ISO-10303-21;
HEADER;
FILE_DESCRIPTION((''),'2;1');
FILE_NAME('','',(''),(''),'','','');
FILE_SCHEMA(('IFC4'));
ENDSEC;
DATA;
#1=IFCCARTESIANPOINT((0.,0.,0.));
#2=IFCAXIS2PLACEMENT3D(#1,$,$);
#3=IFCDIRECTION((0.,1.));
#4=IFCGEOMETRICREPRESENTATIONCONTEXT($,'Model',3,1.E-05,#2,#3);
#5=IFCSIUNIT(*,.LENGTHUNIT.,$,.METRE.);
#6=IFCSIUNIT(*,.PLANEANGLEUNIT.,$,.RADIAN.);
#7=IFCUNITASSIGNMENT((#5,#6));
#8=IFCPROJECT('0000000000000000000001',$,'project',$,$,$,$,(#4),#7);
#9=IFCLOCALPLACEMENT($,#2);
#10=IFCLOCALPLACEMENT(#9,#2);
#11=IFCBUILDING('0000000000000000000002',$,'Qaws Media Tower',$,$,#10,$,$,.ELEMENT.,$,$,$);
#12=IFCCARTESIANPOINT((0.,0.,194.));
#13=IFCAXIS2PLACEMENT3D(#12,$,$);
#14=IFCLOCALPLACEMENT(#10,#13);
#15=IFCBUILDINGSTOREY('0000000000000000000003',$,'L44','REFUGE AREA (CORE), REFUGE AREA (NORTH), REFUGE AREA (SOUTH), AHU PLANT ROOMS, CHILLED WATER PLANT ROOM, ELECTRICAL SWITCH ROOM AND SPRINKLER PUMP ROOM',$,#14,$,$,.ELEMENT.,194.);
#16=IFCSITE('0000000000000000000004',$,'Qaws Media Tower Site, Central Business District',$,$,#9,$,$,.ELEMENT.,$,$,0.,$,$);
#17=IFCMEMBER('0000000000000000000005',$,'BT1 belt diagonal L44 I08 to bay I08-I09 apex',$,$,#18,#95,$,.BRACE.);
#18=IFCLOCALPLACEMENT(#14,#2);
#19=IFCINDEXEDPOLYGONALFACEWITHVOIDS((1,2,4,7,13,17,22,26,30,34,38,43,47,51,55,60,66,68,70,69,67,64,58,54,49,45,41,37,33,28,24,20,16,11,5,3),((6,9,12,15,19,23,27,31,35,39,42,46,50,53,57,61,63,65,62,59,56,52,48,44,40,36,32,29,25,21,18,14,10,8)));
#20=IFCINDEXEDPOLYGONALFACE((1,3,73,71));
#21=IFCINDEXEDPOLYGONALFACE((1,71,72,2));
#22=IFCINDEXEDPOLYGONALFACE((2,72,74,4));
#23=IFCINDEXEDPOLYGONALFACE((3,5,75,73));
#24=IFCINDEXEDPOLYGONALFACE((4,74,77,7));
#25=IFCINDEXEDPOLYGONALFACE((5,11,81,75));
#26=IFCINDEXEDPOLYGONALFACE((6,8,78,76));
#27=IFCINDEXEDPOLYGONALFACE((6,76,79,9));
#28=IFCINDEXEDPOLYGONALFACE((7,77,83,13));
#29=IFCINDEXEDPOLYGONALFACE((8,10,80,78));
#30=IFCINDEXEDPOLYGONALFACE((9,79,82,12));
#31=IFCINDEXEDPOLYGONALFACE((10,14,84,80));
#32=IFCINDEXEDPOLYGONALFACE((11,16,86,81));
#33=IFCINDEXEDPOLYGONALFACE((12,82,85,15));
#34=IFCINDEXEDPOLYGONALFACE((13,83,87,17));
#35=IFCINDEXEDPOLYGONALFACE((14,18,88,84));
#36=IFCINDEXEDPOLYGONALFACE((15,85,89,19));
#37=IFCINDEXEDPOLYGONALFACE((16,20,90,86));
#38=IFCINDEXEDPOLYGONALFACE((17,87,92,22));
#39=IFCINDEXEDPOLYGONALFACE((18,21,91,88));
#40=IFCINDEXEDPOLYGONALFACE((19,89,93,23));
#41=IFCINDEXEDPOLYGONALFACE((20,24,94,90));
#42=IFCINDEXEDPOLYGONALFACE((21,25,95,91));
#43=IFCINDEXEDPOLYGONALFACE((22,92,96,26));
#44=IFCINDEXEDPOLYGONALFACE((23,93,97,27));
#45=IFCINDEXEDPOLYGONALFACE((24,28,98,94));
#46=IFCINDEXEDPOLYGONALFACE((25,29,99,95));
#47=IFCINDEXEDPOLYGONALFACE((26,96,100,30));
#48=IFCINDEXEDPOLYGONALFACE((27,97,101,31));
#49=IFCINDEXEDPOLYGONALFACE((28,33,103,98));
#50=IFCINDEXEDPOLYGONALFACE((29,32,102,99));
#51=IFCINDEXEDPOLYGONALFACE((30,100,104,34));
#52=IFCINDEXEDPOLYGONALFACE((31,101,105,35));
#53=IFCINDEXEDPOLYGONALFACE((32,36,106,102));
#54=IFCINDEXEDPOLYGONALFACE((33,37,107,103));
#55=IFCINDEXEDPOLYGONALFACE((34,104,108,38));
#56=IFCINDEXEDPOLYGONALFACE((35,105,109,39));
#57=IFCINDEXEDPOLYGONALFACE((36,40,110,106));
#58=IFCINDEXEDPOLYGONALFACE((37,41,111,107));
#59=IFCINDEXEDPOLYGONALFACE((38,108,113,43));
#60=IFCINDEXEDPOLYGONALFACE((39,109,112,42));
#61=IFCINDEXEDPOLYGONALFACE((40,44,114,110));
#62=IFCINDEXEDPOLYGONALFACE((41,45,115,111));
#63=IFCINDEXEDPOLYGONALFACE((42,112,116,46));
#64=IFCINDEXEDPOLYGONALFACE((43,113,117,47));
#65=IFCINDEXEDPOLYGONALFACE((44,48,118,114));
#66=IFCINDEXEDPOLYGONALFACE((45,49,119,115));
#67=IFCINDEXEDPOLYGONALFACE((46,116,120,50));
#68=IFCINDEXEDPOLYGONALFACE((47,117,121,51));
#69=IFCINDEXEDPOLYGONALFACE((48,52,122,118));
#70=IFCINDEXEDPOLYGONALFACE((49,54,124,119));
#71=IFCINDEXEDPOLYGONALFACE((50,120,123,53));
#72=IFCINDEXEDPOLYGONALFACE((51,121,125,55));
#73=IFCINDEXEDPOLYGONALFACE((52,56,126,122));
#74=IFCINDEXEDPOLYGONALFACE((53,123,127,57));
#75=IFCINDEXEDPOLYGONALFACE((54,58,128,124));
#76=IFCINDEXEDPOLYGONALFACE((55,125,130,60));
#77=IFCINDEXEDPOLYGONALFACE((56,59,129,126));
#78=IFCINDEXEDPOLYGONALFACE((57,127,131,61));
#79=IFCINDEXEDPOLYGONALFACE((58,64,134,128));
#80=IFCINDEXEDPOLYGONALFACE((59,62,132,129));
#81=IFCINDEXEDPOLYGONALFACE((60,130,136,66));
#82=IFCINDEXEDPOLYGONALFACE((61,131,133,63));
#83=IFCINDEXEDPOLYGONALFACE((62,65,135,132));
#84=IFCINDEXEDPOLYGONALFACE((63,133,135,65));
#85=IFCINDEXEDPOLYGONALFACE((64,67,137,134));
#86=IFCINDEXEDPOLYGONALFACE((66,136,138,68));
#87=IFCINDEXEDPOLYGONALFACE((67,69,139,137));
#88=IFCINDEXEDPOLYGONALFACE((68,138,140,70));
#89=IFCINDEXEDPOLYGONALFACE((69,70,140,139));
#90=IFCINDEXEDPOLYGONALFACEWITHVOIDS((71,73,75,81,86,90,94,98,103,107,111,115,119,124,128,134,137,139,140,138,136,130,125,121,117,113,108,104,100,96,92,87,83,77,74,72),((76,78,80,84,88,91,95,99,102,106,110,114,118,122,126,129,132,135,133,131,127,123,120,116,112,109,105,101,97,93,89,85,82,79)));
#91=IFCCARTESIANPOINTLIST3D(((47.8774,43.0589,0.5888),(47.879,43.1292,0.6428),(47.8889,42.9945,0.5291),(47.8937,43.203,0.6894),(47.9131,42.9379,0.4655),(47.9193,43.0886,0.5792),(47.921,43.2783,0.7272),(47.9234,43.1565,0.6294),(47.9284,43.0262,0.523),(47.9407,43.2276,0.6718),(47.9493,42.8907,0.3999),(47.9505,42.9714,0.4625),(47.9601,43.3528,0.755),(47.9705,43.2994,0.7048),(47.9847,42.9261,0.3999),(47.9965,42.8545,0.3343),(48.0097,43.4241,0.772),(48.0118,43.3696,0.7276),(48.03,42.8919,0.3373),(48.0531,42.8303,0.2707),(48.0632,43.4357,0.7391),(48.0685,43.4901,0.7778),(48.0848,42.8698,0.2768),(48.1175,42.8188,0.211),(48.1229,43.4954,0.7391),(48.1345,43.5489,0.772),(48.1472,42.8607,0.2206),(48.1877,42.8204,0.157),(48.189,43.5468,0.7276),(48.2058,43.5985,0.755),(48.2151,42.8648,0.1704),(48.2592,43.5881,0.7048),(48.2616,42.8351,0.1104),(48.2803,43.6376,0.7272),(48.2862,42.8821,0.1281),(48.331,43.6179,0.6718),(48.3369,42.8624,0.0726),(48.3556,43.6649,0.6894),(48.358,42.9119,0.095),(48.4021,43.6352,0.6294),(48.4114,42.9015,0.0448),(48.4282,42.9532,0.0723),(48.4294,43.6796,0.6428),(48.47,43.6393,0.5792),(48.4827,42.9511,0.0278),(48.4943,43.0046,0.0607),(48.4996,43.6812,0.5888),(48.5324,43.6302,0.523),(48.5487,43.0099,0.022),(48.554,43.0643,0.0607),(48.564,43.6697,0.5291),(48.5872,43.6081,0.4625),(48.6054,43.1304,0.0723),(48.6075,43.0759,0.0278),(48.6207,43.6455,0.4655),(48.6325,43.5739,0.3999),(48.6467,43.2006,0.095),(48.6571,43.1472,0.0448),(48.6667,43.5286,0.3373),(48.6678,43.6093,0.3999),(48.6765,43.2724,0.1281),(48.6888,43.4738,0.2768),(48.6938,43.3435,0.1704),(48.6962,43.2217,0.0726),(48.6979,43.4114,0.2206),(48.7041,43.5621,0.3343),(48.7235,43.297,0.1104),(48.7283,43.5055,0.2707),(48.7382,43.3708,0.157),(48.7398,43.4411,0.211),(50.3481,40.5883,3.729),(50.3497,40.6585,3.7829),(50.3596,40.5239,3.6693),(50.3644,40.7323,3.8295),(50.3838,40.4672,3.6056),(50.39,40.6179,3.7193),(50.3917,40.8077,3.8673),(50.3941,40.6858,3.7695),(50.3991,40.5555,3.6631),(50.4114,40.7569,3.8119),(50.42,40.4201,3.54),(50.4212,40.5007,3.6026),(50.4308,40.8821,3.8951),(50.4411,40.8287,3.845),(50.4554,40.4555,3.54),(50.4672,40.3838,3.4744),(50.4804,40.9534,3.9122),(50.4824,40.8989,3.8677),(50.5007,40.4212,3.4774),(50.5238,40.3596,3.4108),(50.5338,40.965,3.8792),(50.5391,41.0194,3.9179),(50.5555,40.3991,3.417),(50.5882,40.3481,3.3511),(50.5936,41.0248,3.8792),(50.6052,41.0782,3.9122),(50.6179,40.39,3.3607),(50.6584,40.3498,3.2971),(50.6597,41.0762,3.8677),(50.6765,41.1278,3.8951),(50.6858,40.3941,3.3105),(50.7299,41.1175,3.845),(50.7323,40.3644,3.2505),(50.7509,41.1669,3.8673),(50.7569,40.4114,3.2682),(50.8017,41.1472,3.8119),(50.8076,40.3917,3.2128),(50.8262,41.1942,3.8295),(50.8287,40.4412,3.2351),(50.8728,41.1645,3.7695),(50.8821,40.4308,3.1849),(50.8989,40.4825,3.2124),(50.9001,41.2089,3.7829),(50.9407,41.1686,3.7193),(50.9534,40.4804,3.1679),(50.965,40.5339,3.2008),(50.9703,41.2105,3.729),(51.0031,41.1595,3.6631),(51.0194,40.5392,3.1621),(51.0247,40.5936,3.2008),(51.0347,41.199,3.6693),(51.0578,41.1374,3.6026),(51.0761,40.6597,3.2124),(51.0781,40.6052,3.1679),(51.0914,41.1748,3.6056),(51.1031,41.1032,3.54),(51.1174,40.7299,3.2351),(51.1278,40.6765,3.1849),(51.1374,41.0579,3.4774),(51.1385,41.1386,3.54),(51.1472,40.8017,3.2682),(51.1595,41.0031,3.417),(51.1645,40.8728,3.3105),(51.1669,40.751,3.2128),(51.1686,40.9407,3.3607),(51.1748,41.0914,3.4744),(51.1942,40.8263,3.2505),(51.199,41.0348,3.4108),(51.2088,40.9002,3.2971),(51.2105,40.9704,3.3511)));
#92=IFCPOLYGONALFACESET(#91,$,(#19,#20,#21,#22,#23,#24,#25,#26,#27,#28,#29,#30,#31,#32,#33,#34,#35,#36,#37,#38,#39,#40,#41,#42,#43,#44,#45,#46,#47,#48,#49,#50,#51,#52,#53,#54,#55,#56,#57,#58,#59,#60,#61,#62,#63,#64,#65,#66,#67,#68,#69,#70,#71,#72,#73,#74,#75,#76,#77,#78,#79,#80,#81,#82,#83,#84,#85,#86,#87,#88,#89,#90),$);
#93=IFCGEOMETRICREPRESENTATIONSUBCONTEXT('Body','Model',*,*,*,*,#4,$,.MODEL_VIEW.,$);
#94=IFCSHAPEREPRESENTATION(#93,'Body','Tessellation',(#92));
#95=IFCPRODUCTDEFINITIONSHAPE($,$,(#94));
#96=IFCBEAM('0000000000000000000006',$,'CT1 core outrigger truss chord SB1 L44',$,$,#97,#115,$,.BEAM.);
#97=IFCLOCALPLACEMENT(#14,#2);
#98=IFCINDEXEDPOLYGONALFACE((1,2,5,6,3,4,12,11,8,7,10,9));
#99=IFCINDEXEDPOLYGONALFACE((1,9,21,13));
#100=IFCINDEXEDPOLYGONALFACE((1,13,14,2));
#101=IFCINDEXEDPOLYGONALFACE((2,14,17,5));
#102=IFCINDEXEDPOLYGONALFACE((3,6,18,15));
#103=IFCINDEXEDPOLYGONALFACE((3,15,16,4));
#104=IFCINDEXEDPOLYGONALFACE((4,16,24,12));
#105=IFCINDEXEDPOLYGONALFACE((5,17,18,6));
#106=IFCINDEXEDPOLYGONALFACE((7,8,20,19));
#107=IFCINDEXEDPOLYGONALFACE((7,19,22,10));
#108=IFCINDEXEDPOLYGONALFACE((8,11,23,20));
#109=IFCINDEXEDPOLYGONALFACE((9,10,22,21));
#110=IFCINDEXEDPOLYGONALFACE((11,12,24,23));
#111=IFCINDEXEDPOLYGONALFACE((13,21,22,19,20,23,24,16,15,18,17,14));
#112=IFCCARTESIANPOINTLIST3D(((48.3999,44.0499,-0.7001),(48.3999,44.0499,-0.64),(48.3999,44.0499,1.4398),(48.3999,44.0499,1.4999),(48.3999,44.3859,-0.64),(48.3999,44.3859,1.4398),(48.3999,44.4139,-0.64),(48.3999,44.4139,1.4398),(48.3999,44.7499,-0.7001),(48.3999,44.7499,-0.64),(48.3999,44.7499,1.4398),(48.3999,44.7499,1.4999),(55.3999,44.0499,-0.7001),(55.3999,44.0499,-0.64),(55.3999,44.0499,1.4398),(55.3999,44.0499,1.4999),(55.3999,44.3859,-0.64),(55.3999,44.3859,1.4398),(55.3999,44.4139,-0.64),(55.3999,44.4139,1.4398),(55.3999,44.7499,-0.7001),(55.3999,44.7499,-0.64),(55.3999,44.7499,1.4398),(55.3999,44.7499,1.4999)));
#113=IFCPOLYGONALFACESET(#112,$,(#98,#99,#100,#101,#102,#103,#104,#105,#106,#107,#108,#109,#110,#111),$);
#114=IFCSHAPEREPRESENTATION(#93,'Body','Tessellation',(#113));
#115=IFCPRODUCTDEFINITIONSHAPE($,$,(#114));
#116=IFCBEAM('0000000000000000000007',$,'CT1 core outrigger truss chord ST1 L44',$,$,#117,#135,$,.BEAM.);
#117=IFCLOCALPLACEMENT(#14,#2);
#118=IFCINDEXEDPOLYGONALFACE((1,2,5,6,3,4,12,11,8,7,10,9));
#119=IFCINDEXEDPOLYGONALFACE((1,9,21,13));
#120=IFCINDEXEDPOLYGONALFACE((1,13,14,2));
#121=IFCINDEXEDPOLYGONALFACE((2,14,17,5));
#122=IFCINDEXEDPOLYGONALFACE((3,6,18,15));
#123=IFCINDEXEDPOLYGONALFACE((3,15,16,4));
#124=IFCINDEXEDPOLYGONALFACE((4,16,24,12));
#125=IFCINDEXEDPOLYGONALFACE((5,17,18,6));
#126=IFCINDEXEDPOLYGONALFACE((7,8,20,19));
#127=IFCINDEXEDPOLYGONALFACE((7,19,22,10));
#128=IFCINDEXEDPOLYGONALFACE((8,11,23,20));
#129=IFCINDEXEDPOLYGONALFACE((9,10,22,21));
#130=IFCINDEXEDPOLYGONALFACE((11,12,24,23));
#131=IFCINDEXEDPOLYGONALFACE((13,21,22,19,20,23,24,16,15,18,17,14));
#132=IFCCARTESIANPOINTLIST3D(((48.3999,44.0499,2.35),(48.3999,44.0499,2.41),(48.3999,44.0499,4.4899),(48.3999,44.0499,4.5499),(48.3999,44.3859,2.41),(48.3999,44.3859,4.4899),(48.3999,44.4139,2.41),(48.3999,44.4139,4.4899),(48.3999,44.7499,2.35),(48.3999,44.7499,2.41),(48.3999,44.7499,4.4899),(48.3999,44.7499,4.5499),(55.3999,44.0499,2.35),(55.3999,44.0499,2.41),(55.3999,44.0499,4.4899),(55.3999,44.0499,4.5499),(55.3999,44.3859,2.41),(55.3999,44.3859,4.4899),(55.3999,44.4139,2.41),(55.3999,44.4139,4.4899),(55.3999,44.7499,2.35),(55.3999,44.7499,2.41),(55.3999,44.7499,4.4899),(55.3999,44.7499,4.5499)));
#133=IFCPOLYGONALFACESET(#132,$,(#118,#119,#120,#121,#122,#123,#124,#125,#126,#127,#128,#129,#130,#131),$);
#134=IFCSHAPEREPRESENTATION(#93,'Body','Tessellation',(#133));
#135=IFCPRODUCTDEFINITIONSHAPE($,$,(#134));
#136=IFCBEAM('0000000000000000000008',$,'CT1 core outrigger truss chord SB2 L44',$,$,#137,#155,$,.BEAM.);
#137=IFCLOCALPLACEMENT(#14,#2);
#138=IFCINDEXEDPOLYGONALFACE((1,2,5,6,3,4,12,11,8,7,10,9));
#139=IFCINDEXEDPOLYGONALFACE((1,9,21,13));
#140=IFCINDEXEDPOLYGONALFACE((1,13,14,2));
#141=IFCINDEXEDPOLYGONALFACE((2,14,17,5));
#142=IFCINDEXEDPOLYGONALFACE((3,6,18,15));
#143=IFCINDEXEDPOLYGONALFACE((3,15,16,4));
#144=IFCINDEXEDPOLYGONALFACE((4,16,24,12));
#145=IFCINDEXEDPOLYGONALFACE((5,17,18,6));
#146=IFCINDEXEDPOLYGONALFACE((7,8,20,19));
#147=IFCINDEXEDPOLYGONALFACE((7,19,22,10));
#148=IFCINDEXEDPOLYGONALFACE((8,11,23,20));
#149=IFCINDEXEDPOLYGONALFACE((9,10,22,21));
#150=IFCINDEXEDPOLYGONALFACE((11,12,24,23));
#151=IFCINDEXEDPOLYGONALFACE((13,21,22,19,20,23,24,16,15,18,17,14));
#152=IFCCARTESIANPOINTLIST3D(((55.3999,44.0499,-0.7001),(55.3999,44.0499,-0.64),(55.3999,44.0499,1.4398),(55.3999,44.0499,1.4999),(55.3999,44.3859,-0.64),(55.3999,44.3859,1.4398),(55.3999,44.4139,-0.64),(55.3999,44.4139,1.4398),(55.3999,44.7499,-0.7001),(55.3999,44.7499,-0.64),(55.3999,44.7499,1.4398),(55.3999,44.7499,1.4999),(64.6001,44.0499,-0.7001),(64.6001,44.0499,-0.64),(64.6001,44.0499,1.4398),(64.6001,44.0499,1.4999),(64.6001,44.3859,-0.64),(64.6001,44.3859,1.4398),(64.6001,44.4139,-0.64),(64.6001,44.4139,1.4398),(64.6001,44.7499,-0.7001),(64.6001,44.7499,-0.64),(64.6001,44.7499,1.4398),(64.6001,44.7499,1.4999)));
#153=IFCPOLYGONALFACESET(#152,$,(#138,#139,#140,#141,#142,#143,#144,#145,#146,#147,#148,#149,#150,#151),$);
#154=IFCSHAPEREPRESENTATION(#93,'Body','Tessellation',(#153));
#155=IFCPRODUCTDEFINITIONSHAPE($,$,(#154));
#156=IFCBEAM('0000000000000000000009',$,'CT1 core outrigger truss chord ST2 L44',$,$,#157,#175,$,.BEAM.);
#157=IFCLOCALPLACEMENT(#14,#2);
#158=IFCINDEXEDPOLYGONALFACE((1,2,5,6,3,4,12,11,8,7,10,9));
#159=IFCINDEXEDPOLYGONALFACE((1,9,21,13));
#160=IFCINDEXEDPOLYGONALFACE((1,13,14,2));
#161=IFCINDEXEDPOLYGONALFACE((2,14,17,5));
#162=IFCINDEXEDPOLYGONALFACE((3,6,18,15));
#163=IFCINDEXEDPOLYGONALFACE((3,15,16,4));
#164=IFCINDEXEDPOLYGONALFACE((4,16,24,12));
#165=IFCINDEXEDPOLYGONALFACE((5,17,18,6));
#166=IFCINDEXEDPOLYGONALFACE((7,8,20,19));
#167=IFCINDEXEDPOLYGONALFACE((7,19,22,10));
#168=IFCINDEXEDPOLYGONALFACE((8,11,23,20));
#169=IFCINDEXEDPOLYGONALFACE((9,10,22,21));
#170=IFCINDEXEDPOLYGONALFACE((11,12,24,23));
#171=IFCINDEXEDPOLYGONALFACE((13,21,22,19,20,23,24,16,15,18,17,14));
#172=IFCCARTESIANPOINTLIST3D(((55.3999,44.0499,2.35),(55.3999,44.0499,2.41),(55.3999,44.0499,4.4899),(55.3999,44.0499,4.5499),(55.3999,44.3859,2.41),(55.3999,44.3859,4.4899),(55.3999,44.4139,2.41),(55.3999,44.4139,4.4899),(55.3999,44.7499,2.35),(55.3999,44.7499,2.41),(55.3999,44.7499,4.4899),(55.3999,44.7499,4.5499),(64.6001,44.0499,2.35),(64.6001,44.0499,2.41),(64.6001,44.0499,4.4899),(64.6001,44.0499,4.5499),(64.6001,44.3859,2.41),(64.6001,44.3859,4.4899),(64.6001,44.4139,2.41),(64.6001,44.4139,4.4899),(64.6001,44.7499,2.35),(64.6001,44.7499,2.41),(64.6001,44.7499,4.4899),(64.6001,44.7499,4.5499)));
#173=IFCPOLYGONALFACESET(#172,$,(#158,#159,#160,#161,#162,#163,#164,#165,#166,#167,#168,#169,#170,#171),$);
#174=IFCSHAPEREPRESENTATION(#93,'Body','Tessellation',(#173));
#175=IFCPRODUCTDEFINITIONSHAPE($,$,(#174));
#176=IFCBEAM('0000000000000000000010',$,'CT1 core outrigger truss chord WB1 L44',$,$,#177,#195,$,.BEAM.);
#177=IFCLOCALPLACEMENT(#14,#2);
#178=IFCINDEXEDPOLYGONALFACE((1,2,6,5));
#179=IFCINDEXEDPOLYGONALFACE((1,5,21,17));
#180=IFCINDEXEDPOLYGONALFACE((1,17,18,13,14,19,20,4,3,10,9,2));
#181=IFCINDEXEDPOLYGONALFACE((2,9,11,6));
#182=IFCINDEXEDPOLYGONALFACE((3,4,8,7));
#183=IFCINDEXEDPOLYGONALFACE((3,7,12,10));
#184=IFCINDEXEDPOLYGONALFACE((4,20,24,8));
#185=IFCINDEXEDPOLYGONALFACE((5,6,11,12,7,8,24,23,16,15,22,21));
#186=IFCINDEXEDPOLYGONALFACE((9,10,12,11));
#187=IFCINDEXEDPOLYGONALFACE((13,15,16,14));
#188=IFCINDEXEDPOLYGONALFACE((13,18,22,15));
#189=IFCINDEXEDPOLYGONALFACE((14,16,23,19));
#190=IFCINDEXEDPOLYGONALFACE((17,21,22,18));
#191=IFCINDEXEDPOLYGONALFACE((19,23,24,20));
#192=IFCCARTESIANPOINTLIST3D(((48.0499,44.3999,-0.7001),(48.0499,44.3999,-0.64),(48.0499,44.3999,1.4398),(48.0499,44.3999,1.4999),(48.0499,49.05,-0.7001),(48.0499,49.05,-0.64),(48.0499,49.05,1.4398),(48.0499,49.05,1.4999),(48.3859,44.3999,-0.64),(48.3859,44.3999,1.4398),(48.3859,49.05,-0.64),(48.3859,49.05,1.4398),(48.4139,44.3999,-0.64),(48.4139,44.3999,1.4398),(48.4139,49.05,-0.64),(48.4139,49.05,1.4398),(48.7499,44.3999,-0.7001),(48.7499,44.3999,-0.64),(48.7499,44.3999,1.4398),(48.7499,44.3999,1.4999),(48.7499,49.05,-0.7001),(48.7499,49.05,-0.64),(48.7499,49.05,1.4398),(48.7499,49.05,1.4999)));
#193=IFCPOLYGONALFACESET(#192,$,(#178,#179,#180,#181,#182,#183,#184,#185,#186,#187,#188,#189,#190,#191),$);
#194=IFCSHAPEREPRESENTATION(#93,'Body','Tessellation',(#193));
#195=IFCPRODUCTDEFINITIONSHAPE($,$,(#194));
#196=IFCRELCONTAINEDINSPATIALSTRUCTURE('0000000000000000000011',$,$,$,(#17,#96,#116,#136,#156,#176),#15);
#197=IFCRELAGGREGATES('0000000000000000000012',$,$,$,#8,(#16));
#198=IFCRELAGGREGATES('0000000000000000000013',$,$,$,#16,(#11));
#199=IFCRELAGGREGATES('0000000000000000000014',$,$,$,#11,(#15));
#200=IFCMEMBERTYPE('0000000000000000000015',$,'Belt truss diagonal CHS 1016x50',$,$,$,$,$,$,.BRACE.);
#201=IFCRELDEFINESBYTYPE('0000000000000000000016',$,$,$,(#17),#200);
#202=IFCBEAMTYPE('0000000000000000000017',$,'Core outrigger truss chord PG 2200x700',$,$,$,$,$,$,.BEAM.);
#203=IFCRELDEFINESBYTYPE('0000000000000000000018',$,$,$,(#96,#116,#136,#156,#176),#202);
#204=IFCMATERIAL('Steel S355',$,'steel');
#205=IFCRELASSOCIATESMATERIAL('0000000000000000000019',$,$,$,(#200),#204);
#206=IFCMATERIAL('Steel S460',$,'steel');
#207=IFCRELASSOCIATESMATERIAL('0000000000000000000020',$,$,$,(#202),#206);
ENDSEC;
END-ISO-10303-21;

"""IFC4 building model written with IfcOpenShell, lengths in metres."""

from ifc_helpers import new_model, si_unit, direction, frame, origin, origin_2d, place, context, subcontext, project, spatial, hollow_circle, i_section, extrude, material, material_profile, profile_set, type_object, element, save


model = new_model("IFC4")

# Units and contexts
model_context = context("Model", 3, precision=1e-05, world=origin(), true_north=direction((0.0, 1.0)))
body_context = subcontext(model_context, "Body", "Model", "MODEL_VIEW")
ifc_project = project(units=[si_unit("LENGTHUNIT", "METRE"), si_unit("PLANEANGLEUNIT", "RADIAN")], contexts=[model_context])

# Site, building, storey
site_placement = place(None, origin())
site = spatial("IfcSite", under=ifc_project, at=site_placement, Name="Qaws Media Tower Site, Central Business District", CompositionType="ELEMENT", RefElevation=0.0)
building_placement = place(site_placement, origin())
building = spatial("IfcBuilding", under=site, at=building_placement, Name="Qaws Media Tower", CompositionType="ELEMENT")
storey_placement = place(building_placement, frame((0.0, 0.0, 194.0)))
storey = spatial("IfcBuildingStorey", under=building, at=storey_placement, Name="L44", Description="REFUGE AREA (CORE), REFUGE AREA (NORTH), REFUGE AREA (SOUTH), AHU PLANT ROOMS, CHILLED WATER PLANT ROOM, ELECTRICAL SWITCH ROOM AND SPRINKLER PUMP ROOM", CompositionType="ELEMENT", Elevation=194.0)

# Member
ifc_material_1 = material(Name="Steel S355", Category="steel")
ifc_material_profile_1 = material_profile(ifc_material_1, hollow_circle(Radius=0.5081, WallThickness=0.05, at=origin_2d()), Name="CHS 1016x50")
ifc_profile_set_1 = profile_set([ifc_material_profile_1], Name="Steel S355")
member_type_1 = type_object("IfcMemberType", Name="Belt truss diagonal CHS 1016x50", PredefinedType="BRACE", material=ifc_profile_set_1)
for number, where, z_axis, x_axis, name in (
    (1, (48.3086, 43.25, 0.3999), (0.525929, -0.525929, 0.668429), (0.707107, 0.707107, 0.0), "BT1 belt diagonal L44 I08 to bay I08-I09 apex"),
):
    element("IfcMember", number, at=place(storey_placement, frame(where, z_axis=z_axis, x_axis=x_axis)), inside=storey, type_object=member_type_1, Name=name, PredefinedType="BRACE", context=body_context, shape_type="SweptSolid", body=[
        extrude(hollow_circle(Radius=0.5081, WallThickness=0.05, at=origin_2d()), origin(), (0.0, 0.0, 1.0), 4.6978),
    ])

# Beams
ifc_material_2 = material(Name="Steel S460", Category="steel")
ifc_material_profile_2 = material_profile(ifc_material_2, i_section(OverallWidth=0.7, OverallDepth=2.2, WebThickness=0.0281, FlangeThickness=0.0601, at=origin_2d()), Name="PG 2200x700")
ifc_profile_set_2 = profile_set([ifc_material_profile_2], Name="Steel S460")
beam_type_1 = type_object("IfcBeamType", Name="Core outrigger truss chord PG 2200x700", PredefinedType="BEAM", material=ifc_profile_set_2)
for number, where, z_axis, x_axis, name in (
    (2, (48.3999, 44.3999, 0.3999), (1.0, 0.0, 0.0), (0.0, 1.0, 0.0), "CT1 core outrigger truss chord SB1 L44"),
    (3, (48.3999, 44.3999, 3.45), (1.0, 0.0, 0.0), (0.0, 1.0, 0.0), "CT1 core outrigger truss chord ST1 L44"),
):
    element("IfcBeam", number, at=place(storey_placement, frame(where, z_axis=z_axis, x_axis=x_axis)), inside=storey, type_object=beam_type_1, Name=name, PredefinedType="BEAM", context=body_context, shape_type="SweptSolid", body=[
        extrude(i_section(OverallWidth=0.7, OverallDepth=2.2, WebThickness=0.0281, FlangeThickness=0.0601, at=origin_2d()), origin(), (0.0, 0.0, 1.0), 7.0),
    ])
for number, where, z_axis, x_axis, name in (
    (4, (55.3999, 44.3999, 0.3999), (1.0, 0.0, 0.0), (0.0, 1.0, 0.0), "CT1 core outrigger truss chord SB2 L44"),
    (5, (55.3999, 44.3999, 3.45), (1.0, 0.0, 0.0), (0.0, 1.0, 0.0), "CT1 core outrigger truss chord ST2 L44"),
):
    element("IfcBeam", number, at=place(storey_placement, frame(where, z_axis=z_axis, x_axis=x_axis)), inside=storey, type_object=beam_type_1, Name=name, PredefinedType="BEAM", context=body_context, shape_type="SweptSolid", body=[
        extrude(i_section(OverallWidth=0.7, OverallDepth=2.2, WebThickness=0.0281, FlangeThickness=0.0601, at=origin_2d()), origin(), (0.0, 0.0, 1.0), 9.2002),
    ])
for number, where, z_axis, x_axis, name in (
    (6, (48.3999, 44.3999, 0.3999), (0.0, 1.0, 0.0), (-1.0, 0.0, 0.0), "CT1 core outrigger truss chord WB1 L44"),
):
    element("IfcBeam", number, at=place(storey_placement, frame(where, z_axis=z_axis, x_axis=x_axis)), inside=storey, type_object=beam_type_1, Name=name, PredefinedType="BEAM", context=body_context, shape_type="SweptSolid", body=[
        extrude(i_section(OverallWidth=0.7, OverallDepth=2.2, WebThickness=0.0281, FlangeThickness=0.0601, at=origin_2d()), origin(), (0.0, 0.0, 1.0), 4.6501),
    ])

save(model, "model.ifc")
